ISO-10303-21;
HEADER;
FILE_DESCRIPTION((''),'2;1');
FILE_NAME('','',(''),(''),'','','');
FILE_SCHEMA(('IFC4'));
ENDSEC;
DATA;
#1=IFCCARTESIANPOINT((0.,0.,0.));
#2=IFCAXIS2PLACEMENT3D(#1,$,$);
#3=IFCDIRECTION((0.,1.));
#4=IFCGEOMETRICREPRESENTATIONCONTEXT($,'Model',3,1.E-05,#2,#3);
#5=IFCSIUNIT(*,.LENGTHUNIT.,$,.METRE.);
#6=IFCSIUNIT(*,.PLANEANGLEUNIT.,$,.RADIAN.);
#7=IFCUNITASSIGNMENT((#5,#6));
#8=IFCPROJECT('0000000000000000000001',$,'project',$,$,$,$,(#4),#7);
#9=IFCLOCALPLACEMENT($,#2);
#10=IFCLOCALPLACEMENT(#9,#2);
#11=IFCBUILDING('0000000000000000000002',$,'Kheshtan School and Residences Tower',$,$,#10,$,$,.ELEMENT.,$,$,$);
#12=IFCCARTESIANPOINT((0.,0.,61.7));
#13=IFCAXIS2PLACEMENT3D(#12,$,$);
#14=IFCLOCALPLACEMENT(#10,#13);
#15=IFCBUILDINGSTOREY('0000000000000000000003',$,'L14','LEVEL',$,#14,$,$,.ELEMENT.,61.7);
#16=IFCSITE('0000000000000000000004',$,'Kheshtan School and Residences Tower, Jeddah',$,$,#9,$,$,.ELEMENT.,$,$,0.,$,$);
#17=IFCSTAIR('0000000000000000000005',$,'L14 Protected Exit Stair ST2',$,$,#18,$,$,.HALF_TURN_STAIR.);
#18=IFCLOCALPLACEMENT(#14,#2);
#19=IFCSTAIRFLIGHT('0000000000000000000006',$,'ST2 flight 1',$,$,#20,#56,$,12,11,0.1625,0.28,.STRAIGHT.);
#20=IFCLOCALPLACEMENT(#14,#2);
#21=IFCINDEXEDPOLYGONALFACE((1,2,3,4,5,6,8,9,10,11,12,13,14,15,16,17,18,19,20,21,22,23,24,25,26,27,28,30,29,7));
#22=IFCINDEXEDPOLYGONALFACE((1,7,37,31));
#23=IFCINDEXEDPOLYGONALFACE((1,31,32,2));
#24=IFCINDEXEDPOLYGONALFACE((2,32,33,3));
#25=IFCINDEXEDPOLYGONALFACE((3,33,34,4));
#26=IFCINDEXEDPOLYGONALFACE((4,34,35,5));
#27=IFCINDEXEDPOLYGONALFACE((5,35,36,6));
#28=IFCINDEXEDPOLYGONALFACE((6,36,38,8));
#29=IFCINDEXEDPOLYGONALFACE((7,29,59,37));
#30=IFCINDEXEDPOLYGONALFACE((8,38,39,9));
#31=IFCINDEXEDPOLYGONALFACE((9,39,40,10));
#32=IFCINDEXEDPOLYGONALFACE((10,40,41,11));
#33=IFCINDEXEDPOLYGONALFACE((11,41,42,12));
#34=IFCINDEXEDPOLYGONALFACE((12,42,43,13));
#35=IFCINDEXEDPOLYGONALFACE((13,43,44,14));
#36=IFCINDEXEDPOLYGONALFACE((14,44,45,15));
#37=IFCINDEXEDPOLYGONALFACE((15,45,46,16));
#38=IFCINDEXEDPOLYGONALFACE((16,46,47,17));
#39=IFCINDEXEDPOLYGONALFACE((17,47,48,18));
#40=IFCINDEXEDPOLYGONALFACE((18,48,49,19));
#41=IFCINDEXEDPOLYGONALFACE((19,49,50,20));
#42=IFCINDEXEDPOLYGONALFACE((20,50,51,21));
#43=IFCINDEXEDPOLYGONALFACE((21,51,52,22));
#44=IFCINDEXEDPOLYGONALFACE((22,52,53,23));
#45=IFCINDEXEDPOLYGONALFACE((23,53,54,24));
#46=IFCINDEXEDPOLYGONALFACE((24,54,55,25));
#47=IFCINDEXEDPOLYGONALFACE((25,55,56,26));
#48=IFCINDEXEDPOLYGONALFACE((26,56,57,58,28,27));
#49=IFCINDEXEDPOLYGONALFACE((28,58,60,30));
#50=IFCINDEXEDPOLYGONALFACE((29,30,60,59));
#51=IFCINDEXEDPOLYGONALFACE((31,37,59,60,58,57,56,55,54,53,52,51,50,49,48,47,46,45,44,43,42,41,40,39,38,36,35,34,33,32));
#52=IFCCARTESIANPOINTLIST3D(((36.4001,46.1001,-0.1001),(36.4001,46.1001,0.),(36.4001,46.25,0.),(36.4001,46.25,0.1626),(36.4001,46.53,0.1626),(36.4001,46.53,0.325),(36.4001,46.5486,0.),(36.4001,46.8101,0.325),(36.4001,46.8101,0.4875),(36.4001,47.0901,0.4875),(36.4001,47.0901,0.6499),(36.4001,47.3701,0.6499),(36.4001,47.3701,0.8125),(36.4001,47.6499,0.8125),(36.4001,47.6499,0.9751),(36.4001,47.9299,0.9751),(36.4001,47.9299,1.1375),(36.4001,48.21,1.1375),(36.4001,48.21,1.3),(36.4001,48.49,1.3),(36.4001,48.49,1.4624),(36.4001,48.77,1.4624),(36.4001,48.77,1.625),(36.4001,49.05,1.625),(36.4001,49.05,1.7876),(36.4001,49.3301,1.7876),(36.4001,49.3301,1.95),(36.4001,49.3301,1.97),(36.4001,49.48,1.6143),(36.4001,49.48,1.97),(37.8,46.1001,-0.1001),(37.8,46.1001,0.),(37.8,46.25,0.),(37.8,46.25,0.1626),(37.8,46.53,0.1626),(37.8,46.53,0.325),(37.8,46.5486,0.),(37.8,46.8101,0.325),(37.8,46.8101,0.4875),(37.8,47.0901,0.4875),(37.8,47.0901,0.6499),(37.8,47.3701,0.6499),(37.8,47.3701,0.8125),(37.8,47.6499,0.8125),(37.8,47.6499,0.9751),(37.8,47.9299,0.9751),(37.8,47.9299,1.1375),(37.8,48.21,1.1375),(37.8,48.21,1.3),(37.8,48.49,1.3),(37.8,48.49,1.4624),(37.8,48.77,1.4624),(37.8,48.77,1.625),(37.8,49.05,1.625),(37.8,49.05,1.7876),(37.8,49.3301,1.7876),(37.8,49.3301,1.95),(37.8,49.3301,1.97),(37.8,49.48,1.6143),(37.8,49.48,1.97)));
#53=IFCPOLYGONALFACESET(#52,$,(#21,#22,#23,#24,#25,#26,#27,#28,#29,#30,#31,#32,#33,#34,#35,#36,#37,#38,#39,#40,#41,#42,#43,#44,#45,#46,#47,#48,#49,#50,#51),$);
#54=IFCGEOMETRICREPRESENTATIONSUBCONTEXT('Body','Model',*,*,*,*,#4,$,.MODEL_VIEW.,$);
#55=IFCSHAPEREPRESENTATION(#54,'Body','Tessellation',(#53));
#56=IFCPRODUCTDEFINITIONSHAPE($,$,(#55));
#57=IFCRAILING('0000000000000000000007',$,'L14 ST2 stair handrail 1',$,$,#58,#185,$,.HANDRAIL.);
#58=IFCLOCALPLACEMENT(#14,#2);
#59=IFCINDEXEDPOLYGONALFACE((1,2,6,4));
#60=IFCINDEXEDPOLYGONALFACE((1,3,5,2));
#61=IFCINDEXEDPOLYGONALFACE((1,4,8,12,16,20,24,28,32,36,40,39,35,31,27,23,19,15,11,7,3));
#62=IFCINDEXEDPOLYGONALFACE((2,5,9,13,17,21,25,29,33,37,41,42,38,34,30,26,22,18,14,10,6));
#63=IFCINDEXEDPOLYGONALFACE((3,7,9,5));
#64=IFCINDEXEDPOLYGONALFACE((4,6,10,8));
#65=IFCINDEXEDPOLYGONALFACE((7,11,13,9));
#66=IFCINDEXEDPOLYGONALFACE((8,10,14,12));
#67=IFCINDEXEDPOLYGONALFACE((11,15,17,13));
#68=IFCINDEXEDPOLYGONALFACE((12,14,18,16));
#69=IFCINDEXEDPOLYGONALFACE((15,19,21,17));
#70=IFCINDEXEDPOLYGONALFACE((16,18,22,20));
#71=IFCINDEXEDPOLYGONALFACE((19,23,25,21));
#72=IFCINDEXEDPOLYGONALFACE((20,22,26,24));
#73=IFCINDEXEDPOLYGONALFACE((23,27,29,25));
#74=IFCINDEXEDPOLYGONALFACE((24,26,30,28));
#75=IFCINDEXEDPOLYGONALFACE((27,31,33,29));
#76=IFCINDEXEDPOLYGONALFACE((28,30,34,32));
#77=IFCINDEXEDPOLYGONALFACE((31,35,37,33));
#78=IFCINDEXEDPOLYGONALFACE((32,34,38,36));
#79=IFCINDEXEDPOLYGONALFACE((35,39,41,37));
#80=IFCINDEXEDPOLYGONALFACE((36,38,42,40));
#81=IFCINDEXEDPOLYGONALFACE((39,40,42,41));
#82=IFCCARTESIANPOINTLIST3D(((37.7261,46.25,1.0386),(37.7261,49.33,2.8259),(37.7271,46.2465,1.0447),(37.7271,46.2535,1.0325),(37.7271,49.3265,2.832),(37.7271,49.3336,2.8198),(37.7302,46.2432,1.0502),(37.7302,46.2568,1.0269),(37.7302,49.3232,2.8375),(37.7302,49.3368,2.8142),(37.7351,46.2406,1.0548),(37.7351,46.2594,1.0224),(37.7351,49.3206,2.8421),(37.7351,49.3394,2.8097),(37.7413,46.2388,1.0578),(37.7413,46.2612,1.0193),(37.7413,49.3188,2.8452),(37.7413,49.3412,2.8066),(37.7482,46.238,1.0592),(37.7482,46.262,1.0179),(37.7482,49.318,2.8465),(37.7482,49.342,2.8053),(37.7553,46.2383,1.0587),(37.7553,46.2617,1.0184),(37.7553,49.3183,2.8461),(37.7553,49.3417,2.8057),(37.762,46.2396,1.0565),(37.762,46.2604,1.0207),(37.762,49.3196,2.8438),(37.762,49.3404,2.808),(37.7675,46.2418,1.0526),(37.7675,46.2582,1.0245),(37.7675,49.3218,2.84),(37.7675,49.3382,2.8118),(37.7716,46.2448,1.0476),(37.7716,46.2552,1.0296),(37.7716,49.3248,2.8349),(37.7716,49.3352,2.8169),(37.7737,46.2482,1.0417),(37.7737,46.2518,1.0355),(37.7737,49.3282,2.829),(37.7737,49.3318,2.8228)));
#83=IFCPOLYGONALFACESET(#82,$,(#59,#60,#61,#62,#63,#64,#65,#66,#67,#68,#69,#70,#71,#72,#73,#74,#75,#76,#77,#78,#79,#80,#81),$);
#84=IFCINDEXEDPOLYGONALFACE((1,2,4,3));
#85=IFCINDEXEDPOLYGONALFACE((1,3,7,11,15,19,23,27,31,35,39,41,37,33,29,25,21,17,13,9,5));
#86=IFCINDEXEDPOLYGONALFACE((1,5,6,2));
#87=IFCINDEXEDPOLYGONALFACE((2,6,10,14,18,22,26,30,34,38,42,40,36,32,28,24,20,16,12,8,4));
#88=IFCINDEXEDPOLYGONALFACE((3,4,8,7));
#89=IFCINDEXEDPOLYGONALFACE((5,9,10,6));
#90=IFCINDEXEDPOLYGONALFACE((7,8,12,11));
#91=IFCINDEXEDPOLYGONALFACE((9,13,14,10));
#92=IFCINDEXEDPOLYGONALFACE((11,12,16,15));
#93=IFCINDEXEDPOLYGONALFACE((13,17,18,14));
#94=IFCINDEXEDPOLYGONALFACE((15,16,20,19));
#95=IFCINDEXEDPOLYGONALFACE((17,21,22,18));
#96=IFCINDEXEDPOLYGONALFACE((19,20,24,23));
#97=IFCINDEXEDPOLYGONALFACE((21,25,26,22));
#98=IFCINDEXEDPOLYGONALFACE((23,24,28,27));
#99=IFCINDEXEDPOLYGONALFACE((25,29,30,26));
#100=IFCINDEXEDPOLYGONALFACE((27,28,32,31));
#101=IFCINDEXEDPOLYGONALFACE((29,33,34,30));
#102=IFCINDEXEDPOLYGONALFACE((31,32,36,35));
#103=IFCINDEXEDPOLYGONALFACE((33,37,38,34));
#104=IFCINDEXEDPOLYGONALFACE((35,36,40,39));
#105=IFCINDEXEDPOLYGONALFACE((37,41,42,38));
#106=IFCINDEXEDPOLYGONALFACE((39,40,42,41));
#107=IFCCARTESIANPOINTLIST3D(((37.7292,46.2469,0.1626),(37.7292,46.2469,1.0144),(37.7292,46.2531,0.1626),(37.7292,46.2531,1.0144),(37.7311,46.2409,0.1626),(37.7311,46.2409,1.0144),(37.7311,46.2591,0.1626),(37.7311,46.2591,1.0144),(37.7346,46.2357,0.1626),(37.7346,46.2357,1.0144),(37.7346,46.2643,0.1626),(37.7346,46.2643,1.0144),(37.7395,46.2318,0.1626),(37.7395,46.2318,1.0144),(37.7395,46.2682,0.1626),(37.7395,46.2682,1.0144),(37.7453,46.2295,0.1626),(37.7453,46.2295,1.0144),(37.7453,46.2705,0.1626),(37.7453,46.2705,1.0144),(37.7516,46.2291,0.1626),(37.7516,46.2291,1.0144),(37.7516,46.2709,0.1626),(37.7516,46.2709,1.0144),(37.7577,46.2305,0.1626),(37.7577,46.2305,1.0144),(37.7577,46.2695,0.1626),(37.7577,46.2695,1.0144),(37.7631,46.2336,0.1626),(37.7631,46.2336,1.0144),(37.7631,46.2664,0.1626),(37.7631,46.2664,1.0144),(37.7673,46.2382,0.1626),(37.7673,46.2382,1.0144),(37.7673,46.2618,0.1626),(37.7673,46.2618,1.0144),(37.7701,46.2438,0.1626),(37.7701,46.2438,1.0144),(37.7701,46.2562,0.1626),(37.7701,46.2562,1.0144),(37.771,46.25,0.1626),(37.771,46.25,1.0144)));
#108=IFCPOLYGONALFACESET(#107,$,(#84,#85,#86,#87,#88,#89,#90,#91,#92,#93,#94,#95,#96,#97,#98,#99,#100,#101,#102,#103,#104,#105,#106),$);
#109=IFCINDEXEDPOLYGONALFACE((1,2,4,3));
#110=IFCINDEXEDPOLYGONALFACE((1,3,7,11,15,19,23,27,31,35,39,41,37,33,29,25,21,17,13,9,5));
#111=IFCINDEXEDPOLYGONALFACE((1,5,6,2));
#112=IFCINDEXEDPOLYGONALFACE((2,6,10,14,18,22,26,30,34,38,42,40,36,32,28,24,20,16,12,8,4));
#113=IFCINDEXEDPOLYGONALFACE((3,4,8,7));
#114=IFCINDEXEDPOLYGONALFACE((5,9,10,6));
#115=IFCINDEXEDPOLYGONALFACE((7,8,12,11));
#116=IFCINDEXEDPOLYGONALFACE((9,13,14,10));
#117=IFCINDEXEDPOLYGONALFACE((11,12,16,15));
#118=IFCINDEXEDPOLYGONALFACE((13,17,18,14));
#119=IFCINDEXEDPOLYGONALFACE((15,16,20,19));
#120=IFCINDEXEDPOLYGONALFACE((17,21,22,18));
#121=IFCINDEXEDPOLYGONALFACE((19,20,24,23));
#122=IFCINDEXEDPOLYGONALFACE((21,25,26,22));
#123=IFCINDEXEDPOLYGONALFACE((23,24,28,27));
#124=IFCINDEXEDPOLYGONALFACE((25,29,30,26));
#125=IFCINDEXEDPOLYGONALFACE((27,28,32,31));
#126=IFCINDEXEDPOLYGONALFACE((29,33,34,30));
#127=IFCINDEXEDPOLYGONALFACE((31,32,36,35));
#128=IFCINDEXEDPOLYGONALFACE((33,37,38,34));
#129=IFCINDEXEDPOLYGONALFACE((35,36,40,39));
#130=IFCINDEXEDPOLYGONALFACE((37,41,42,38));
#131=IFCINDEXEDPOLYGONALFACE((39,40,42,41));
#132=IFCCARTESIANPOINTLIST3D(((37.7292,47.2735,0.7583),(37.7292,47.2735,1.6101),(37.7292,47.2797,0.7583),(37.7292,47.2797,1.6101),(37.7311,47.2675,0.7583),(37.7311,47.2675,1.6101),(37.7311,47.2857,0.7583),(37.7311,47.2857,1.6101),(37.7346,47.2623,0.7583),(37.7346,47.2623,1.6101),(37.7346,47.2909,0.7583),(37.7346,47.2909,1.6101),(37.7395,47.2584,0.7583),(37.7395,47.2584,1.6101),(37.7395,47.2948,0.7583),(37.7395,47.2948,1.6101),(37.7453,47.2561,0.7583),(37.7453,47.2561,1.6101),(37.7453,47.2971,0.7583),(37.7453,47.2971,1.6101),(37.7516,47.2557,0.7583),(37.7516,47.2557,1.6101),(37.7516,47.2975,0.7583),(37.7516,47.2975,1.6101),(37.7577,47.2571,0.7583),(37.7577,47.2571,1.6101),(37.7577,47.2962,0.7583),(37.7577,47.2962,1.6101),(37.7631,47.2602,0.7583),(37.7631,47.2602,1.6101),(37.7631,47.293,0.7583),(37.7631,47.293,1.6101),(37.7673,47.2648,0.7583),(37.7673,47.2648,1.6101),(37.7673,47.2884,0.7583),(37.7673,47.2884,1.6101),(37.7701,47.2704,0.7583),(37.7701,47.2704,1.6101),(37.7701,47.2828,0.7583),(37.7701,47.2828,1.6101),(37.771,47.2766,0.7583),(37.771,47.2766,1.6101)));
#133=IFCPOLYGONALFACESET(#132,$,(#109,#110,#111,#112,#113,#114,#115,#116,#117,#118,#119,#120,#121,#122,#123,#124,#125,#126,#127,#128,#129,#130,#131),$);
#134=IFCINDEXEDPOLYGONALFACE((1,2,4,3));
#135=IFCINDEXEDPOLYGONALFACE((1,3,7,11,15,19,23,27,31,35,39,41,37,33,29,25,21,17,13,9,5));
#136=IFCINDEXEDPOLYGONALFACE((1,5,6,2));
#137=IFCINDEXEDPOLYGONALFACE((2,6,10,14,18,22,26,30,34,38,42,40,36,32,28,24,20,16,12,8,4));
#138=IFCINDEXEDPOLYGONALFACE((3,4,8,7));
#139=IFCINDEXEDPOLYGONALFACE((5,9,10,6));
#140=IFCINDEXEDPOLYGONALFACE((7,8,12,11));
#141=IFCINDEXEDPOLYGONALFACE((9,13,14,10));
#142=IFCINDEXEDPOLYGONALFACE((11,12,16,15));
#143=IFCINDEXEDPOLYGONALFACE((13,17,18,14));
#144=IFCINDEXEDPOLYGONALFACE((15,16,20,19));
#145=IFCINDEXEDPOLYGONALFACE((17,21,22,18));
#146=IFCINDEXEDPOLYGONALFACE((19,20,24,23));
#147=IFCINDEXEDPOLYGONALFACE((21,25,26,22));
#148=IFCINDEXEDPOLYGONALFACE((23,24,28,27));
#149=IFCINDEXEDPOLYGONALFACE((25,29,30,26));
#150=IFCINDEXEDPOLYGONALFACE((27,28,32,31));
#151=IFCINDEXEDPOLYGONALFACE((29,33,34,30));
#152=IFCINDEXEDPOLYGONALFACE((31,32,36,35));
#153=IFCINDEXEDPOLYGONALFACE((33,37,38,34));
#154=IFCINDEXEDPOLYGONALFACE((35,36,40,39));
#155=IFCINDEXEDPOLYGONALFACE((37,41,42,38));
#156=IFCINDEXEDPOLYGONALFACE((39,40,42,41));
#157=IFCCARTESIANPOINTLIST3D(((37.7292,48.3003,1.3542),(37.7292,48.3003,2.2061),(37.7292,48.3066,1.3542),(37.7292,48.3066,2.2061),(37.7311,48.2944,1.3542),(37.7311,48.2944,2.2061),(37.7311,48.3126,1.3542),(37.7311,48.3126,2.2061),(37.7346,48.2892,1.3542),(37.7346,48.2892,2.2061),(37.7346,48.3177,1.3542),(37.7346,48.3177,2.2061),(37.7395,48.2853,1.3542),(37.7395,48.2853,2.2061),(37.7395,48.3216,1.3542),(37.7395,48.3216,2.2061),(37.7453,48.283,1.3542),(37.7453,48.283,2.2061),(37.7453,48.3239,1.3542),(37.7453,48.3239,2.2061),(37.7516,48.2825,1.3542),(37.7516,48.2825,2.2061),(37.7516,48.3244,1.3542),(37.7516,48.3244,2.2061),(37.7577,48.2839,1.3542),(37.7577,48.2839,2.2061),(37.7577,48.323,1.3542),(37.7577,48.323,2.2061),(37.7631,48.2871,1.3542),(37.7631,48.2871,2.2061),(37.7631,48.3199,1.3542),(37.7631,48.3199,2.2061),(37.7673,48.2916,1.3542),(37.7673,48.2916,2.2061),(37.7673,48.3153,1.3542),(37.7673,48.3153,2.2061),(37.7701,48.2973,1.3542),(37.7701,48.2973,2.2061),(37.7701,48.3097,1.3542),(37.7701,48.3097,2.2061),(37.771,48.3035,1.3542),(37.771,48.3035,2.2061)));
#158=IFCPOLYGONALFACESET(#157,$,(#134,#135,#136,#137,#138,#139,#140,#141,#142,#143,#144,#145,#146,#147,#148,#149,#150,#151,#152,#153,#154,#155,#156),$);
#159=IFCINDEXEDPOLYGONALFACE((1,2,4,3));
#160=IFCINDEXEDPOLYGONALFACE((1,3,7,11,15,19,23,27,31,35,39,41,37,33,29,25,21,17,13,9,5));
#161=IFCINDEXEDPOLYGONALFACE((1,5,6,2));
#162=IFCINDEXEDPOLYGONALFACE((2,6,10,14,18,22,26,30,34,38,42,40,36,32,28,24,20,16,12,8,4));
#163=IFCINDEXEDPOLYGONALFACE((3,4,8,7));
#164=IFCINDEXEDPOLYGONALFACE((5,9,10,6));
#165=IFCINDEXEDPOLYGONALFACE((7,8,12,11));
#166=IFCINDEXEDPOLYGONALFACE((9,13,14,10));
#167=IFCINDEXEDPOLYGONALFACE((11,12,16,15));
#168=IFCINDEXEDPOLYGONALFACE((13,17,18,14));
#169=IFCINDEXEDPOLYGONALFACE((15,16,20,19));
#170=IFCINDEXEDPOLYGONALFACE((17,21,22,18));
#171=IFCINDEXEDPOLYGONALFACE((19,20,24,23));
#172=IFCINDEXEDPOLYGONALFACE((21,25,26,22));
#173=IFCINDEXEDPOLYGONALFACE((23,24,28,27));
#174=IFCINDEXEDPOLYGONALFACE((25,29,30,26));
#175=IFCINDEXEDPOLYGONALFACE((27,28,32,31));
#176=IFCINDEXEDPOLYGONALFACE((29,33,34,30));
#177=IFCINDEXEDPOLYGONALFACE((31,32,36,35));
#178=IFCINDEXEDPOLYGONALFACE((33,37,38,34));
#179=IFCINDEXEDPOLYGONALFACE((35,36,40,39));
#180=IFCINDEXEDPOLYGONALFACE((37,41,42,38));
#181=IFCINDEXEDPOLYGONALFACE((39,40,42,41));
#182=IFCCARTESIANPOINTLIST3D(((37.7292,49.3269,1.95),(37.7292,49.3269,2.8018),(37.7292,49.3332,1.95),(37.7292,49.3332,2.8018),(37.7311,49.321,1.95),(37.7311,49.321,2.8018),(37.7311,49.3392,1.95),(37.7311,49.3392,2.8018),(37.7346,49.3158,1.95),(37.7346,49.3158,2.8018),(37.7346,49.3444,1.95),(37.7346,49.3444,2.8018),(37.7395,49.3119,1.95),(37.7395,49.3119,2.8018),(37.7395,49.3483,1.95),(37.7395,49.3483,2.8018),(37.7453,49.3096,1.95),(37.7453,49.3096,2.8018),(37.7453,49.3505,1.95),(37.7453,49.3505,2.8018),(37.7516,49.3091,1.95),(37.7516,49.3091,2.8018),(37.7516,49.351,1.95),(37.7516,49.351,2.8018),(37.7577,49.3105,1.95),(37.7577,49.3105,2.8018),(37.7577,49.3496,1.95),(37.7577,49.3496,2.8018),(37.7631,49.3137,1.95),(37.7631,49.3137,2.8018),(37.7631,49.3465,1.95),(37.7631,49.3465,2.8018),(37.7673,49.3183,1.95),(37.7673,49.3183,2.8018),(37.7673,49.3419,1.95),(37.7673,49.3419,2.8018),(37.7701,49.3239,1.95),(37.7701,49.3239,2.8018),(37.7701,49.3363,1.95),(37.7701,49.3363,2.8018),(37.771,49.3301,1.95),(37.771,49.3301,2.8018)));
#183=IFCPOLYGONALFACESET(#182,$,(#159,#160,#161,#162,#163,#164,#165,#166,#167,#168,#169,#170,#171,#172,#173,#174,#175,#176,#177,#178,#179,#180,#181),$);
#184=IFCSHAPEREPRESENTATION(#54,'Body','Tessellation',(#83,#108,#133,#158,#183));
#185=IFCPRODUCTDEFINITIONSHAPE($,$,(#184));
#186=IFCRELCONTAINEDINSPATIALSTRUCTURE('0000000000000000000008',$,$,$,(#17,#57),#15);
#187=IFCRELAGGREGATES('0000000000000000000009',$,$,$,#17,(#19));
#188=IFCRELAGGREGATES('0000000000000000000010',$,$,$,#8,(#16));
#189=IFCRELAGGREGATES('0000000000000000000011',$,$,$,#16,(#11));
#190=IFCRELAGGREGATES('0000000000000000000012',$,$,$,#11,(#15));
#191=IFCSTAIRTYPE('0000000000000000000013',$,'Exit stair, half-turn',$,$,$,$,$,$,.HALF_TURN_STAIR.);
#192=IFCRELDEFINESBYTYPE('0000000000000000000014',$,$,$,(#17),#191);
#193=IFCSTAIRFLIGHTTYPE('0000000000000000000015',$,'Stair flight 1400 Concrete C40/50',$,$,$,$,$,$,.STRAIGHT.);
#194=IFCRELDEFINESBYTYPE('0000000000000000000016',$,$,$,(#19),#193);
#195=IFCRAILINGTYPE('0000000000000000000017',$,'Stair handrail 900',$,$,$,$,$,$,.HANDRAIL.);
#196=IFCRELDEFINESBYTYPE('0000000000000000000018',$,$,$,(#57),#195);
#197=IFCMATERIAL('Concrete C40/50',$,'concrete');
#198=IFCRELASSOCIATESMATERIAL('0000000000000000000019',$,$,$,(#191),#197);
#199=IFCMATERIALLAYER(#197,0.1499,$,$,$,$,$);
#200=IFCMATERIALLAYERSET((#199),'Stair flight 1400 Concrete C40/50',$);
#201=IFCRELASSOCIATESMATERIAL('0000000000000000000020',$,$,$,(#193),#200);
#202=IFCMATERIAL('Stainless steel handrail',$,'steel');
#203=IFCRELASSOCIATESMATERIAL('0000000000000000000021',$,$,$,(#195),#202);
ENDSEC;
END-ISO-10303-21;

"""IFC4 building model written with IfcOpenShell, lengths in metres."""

from ifc_helpers import new_model, si_unit, direction, frame, origin, origin_2d, place, context, subcontext, project, spatial, polyline, circle, outline, extrude, material, layer, layer_set, type_object, element, aggregate, save


model = new_model("IFC4")

# Units and contexts
model_context = context("Model", 3, precision=1e-05, world=origin(), true_north=direction((0.0, 1.0)))
body_context = subcontext(model_context, "Body", "Model", "MODEL_VIEW")
ifc_project = project(units=[si_unit("LENGTHUNIT", "METRE"), si_unit("PLANEANGLEUNIT", "RADIAN")], contexts=[model_context])

# Site, building, storey
site_placement = place(None, origin())
site = spatial("IfcSite", under=ifc_project, at=site_placement, Name="Kheshtan School and Residences Tower, Jeddah", CompositionType="ELEMENT", RefElevation=0.0)
building_placement = place(site_placement, origin())
building = spatial("IfcBuilding", under=site, at=building_placement, Name="Kheshtan School and Residences Tower", CompositionType="ELEMENT")
storey_placement = place(building_placement, frame((0.0, 0.0, 61.7)))
storey = spatial("IfcBuildingStorey", under=building, at=storey_placement, Name="L14", Description="LEVEL", CompositionType="ELEMENT", Elevation=61.7)

# Stair, stair flight
ifc_material_1 = material(Name="Concrete C40/50", Category="concrete")
stair_type = type_object("IfcStairType", Name="Exit stair, half-turn", PredefinedType="HALF_TURN_STAIR", material=ifc_material_1)
stair_placement = place(storey_placement, origin())
stair = element("IfcStair", 1, at=stair_placement, inside=storey, type_object=stair_type, Name="L14 Protected Exit Stair ST2", PredefinedType="HALF_TURN_STAIR")
ifc_layer_1 = layer(ifc_material_1, 0.1499)
ifc_layer_set_1 = layer_set([ifc_layer_1], Name="Stair flight 1400 Concrete C40/50")
stair_flight_type = type_object("IfcStairFlightType", Name="Stair flight 1400 Concrete C40/50", PredefinedType="STRAIGHT", material=ifc_layer_set_1)
stair_flight_placement = place(storey_placement, frame((37.1001, 46.25, 0.0), z_axis=(0.0, 0.0, 1.0), x_axis=(0.0, 1.0, 0.0)))
stair_flight = element("IfcStairFlight", 2, at=stair_flight_placement, type_object=stair_flight_type, Name="ST2 flight 1", NumberOfRisers=12, NumberOfTreads=11, PredefinedType="STRAIGHT", RiserHeight=0.1625, TreadLength=0.28, context=body_context, shape_type="SweptSolid", body=[
    extrude(outline(polyline([(-0.1499, -0.1001), (-0.1499, 0.0), (0.0, 0.0), (0.0, 0.1626), (0.28, 0.1626), (0.28, 0.325), (0.5601, 0.325), (0.5601, 0.4875), (0.8401, 0.4875), (0.8401, 0.6499), (1.1201, 0.6499), (1.1201, 0.8125), (1.3999, 0.8125), (1.3999, 0.9751), (1.6799, 0.9751), (1.6799, 1.1375), (1.96, 1.1375), (1.96, 1.3), (2.24, 1.3), (2.24, 1.4624), (2.52, 1.4624), (2.52, 1.625), (2.8, 1.625), (2.8, 1.7876), (3.0801, 1.7876), (3.0801, 1.95), (3.0801, 1.97), (3.23, 1.97), (3.23, 1.6143), (0.2986, 0.0), (-0.1499, -0.1001)])), frame((0.0, 0.7, 0.0), z_axis=(0.0, -1.0, 0.0), x_axis=(1.0, 0.0, 0.0)), (0.0, 0.0, 1.0), 1.3999),
])
aggregate(stair, [stair_flight])

# Railing
ifc_material_2 = material(Name="Stainless steel handrail", Category="steel")
railing_type = type_object("IfcRailingType", Name="Stair handrail 900", PredefinedType="HANDRAIL", material=ifc_material_2)
railing_placement = place(storey_placement, frame((37.75, 46.25, 0.1626)))
element("IfcRailing", 3, at=railing_placement, inside=storey, type_object=railing_type, Name="L14 ST2 stair handrail 1", PredefinedType="HANDRAIL", context=body_context, shape_type="SweptSolid", body=[
    extrude(circle(Radius=0.0239, at=origin_2d()), frame((0.0, 0.0, 0.876), z_axis=(0.0, 0.86492, 0.501909), x_axis=(-1.0, 0.0, 0.0)), (0.0, 0.0, 1.0), 3.561),
    extrude(circle(Radius=0.021, at=origin_2d()), origin(), (0.0, 0.0, 1.0), 0.8518),
    extrude(circle(Radius=0.021, at=origin_2d()), frame((0.0, 1.0266, 0.5957)), (0.0, 0.0, 1.0), 0.8518),
    extrude(circle(Radius=0.021, at=origin_2d()), frame((0.0, 2.0535, 1.1917)), (0.0, 0.0, 1.0), 0.8518),
    extrude(circle(Radius=0.021, at=origin_2d()), frame((0.0, 3.0801, 1.7874)), (0.0, 0.0, 1.0), 0.8518),
])

save(model, "model.ifc")
